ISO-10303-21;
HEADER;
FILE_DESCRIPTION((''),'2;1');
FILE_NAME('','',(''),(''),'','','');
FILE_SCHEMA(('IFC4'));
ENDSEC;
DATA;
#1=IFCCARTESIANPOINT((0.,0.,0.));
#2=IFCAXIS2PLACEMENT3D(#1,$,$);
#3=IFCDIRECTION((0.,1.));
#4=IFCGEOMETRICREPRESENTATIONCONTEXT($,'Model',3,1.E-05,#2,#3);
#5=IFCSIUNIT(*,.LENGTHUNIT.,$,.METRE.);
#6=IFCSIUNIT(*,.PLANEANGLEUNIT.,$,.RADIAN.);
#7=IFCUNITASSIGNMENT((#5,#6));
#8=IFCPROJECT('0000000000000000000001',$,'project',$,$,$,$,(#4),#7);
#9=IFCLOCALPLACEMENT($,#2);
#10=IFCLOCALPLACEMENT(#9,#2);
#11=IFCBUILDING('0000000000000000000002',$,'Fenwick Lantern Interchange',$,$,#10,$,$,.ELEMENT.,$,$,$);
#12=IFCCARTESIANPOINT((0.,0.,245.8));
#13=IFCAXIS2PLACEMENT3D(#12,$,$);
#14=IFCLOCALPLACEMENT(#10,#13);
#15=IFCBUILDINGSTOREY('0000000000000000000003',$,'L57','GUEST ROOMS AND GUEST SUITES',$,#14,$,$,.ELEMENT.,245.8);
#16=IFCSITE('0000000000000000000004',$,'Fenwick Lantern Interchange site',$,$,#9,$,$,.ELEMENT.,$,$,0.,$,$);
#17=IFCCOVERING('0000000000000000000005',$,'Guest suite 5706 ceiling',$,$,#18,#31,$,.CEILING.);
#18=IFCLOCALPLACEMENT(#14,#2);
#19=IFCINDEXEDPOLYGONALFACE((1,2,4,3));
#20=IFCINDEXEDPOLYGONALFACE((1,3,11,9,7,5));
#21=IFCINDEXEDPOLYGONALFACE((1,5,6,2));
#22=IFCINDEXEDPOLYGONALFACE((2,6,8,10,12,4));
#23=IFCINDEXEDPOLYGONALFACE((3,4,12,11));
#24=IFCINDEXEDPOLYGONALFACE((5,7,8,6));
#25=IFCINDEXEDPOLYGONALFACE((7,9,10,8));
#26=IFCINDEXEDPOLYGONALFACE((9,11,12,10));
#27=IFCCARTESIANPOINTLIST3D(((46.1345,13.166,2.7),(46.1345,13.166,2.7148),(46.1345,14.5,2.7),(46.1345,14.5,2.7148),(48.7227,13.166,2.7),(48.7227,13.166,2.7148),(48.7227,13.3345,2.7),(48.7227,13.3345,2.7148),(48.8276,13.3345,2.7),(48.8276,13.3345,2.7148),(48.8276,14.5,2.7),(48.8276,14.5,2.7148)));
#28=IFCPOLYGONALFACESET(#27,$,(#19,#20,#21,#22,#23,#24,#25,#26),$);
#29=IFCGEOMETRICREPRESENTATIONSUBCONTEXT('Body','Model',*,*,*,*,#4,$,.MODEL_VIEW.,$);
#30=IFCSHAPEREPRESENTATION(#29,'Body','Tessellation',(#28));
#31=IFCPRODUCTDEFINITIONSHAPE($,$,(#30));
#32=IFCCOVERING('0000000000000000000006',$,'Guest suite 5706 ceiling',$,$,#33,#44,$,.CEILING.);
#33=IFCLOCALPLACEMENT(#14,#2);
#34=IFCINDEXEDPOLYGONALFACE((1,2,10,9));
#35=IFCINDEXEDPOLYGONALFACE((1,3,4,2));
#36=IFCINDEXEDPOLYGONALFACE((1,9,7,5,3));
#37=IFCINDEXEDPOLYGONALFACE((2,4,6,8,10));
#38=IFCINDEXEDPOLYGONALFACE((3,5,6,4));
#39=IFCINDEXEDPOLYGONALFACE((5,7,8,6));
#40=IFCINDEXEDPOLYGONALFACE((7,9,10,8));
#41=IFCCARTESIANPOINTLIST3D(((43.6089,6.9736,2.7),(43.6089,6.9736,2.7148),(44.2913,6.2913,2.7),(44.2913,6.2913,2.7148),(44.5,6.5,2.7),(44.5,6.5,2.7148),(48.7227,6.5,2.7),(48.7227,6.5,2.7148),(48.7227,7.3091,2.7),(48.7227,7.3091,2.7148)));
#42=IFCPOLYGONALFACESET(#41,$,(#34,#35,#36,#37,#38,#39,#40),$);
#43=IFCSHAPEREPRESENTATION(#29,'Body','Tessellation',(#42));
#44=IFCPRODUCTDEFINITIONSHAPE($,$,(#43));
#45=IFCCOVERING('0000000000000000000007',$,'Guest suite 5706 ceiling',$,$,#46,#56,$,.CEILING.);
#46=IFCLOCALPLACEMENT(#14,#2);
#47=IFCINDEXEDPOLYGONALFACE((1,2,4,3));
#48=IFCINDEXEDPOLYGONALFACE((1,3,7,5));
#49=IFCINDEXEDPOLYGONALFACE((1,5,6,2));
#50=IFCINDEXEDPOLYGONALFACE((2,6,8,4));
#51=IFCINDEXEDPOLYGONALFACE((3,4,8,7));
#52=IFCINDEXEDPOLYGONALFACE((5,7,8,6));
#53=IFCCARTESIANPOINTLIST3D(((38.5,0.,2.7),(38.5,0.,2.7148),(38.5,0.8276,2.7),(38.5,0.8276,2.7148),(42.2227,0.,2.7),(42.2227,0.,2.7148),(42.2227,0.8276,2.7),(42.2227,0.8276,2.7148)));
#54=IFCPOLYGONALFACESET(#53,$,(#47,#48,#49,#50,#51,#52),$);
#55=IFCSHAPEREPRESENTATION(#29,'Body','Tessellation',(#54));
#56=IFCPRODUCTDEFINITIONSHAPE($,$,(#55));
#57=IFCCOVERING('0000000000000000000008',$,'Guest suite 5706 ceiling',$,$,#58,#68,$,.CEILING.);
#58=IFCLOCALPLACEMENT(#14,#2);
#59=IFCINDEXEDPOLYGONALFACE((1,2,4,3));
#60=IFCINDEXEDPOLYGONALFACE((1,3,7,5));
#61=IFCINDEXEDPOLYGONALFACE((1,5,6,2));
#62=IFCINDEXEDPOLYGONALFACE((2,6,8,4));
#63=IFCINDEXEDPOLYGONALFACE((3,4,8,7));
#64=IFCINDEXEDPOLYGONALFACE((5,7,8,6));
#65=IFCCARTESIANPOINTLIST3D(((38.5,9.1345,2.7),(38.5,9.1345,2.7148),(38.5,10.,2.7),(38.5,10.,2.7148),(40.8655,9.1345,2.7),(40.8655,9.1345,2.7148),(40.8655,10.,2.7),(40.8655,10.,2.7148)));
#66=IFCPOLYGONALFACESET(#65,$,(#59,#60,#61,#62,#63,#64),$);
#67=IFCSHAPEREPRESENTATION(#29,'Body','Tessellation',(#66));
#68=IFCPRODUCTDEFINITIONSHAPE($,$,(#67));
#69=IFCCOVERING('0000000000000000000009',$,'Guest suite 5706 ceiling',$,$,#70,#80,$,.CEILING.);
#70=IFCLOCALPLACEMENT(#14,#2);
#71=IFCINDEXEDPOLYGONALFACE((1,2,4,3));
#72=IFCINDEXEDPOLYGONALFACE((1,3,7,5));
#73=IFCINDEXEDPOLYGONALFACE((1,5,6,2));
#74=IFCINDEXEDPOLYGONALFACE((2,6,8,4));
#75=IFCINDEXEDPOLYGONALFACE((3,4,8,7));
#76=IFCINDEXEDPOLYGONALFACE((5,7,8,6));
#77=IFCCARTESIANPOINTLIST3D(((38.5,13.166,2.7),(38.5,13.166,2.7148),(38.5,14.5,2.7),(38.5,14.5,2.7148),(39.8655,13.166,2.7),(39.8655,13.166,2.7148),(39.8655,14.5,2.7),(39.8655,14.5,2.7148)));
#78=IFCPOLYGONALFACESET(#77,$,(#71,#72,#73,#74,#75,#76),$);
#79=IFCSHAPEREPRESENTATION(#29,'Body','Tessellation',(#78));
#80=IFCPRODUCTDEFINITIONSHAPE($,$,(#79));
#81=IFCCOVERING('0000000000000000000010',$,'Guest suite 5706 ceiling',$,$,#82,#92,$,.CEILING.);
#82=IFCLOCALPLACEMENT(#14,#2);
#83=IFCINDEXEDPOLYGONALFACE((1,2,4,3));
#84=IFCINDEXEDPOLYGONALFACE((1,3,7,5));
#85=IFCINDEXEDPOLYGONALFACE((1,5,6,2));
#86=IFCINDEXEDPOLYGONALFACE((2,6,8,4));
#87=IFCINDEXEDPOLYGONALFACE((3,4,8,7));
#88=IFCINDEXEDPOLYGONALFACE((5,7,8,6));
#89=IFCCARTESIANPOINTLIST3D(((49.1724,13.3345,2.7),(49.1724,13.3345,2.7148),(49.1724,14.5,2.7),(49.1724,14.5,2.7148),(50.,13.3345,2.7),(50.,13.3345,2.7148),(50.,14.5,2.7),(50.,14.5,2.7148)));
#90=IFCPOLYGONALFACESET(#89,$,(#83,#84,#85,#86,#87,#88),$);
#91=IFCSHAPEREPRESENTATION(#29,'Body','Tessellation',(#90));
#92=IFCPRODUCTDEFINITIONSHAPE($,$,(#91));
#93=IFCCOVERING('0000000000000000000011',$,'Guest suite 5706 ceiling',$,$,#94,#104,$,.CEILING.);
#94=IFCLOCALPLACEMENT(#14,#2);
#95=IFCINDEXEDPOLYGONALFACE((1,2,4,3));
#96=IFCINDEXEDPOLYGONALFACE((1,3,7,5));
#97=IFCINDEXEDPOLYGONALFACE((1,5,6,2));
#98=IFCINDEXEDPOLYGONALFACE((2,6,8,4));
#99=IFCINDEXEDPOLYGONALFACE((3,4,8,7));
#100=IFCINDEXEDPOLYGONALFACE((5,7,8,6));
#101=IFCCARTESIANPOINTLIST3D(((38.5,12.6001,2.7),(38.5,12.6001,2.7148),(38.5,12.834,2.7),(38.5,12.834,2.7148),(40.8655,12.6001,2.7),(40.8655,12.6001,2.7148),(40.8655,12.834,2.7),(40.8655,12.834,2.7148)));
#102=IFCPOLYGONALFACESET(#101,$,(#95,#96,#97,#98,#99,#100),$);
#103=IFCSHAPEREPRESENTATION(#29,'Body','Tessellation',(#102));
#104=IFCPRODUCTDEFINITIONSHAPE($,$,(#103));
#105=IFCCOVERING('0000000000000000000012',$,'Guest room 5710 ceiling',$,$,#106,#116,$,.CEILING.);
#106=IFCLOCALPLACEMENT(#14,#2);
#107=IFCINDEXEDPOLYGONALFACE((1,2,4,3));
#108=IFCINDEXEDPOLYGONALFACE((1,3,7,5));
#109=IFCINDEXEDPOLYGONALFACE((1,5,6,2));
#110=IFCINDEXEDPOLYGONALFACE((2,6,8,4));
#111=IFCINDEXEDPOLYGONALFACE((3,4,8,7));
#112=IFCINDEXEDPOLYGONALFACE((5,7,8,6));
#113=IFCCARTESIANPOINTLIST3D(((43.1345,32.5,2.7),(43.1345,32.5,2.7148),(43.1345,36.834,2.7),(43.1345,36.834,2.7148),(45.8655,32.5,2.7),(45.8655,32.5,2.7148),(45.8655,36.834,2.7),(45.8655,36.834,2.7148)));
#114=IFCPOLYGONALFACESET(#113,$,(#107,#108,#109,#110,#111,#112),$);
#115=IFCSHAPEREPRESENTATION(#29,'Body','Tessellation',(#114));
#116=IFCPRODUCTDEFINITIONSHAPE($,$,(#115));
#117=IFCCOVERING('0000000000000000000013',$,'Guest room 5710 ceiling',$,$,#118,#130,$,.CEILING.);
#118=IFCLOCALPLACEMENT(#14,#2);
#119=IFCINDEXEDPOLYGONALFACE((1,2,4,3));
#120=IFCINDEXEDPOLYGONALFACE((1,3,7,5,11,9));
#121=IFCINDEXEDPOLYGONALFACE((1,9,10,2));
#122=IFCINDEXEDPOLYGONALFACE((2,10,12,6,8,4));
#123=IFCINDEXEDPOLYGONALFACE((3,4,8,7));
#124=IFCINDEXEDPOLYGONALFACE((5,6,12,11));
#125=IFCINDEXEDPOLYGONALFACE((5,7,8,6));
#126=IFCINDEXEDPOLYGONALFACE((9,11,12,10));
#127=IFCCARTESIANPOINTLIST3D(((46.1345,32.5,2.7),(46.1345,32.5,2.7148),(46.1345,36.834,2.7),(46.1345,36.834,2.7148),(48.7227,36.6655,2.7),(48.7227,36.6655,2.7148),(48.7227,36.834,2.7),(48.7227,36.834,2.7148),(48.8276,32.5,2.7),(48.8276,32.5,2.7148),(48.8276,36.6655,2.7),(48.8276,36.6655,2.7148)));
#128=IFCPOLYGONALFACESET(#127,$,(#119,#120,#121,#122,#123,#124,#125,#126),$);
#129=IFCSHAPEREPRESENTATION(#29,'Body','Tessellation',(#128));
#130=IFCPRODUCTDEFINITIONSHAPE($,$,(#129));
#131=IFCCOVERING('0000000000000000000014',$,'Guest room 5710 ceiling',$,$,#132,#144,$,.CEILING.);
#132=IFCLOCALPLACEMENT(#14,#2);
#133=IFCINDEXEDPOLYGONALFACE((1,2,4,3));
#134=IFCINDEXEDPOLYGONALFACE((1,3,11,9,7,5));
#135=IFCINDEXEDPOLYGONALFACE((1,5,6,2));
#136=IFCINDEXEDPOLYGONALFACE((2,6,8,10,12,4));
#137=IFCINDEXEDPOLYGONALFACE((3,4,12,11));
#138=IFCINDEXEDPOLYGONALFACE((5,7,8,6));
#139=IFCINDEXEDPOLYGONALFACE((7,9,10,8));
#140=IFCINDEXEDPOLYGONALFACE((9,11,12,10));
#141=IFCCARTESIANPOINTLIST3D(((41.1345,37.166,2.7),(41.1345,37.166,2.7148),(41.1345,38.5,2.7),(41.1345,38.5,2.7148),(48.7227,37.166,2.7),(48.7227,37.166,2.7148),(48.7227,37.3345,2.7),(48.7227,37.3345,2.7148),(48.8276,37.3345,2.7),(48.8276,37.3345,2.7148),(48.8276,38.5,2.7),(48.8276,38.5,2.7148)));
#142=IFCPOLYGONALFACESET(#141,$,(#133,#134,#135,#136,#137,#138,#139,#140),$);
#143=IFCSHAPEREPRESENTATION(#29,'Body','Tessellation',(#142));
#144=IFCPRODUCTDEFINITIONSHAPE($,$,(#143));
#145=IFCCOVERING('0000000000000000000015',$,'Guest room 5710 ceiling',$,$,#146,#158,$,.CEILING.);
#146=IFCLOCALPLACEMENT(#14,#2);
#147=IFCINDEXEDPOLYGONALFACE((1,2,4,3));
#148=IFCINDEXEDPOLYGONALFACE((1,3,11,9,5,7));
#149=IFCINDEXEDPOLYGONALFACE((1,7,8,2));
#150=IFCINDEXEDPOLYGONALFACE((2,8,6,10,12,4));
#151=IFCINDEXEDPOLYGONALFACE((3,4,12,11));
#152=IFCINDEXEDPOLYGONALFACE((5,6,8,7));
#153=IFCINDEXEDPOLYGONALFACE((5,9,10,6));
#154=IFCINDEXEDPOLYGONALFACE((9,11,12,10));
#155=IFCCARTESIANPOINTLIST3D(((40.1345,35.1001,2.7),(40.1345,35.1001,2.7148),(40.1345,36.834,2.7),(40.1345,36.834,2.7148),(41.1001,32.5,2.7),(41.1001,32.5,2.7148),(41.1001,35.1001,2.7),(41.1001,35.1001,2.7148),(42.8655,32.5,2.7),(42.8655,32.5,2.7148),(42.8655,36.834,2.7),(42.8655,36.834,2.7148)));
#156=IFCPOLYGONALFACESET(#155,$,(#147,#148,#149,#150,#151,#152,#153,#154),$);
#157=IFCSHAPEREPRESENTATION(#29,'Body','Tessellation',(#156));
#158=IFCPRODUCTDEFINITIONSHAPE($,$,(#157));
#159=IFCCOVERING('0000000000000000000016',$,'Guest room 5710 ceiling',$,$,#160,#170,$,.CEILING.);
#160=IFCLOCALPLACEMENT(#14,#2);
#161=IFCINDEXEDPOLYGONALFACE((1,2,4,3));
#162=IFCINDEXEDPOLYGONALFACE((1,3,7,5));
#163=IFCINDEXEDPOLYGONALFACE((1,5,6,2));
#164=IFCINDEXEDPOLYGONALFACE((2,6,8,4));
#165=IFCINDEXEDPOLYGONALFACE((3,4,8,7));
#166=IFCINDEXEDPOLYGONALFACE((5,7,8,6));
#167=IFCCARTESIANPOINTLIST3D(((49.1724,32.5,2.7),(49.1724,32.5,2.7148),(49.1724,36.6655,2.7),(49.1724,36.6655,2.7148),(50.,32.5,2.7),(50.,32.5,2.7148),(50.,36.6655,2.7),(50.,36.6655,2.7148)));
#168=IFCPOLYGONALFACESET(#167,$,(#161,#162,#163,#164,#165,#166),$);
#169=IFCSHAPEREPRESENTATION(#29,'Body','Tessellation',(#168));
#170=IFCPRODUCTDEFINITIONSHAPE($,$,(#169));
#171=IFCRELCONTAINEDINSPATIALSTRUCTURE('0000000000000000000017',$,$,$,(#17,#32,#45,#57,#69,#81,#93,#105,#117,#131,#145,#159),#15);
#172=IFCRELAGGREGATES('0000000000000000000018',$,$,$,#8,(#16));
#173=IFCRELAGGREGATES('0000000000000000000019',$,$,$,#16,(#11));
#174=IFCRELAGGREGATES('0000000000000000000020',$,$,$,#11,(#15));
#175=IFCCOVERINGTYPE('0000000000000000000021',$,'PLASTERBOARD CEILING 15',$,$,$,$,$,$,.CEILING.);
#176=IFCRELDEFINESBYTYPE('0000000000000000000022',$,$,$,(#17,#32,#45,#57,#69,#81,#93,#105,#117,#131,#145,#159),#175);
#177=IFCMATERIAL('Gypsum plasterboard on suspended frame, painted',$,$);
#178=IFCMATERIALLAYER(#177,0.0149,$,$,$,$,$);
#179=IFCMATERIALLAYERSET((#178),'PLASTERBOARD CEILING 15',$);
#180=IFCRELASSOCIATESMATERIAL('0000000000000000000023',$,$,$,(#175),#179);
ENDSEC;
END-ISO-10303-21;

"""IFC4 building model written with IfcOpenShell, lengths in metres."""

from ifc_helpers import new_model, si_unit, direction, frame, origin, place, context, subcontext, project, spatial, polyline, outline, extrude, material, layer, layer_set, type_object, element, save


model = new_model("IFC4")

# Units and contexts
model_context = context("Model", 3, precision=1e-05, world=origin(), true_north=direction((0.0, 1.0)))
body_context = subcontext(model_context, "Body", "Model", "MODEL_VIEW")
ifc_project = project(units=[si_unit("LENGTHUNIT", "METRE"), si_unit("PLANEANGLEUNIT", "RADIAN")], contexts=[model_context])

# Site, building, storey
site_placement = place(None, origin())
site = spatial("IfcSite", under=ifc_project, at=site_placement, Name="Fenwick Lantern Interchange site", CompositionType="ELEMENT", RefElevation=0.0)
building_placement = place(site_placement, origin())
building = spatial("IfcBuilding", under=site, at=building_placement, Name="Fenwick Lantern Interchange", CompositionType="ELEMENT")
storey_placement = place(building_placement, frame((0.0, 0.0, 245.8)))
storey = spatial("IfcBuildingStorey", under=building, at=storey_placement, Name="L57", Description="GUEST ROOMS AND GUEST SUITES", CompositionType="ELEMENT", Elevation=245.8)

# Coverings
ifc_material = material(Name="Gypsum plasterboard on suspended frame, painted")
ifc_layer = layer(ifc_material, 0.0149)
ifc_layer_set = layer_set([ifc_layer], Name="PLASTERBOARD CEILING 15")
covering_type = type_object("IfcCoveringType", Name="PLASTERBOARD CEILING 15", PredefinedType="CEILING", material=ifc_layer_set)
covering_1_placement = place(storey_placement, frame((0.0, 0.0, 2.7)))
element("IfcCovering", 1, at=covering_1_placement, inside=storey, type_object=covering_type, Name="Guest suite 5706 ceiling", PredefinedType="CEILING", context=body_context, shape_type="SweptSolid", body=[
    extrude(outline(polyline([(48.8276, 14.5), (46.1345, 14.5), (46.1345, 13.166), (48.7227, 13.166), (48.7227, 13.3345), (48.8276, 13.3345), (48.8276, 14.5)])), origin(), (0.0, 0.0, 1.0), 0.0149),
])
covering_2_placement = place(storey_placement, frame((0.0, 0.0, 2.7)))
element("IfcCovering", 2, at=covering_2_placement, inside=storey, type_object=covering_type, Name="Guest suite 5706 ceiling", PredefinedType="CEILING", context=body_context, shape_type="SweptSolid", body=[
    extrude(outline(polyline([(48.7227, 6.5), (48.7227, 7.3091), (43.6089, 6.9736), (44.2913, 6.2913), (44.5, 6.5), (48.7227, 6.5)])), origin(), (0.0, 0.0, 1.0), 0.0149),
])
covering_3_placement = place(storey_placement, frame((0.0, 0.0, 2.7)))
element("IfcCovering", 3, at=covering_3_placement, inside=storey, type_object=covering_type, Name="Guest suite 5706 ceiling", PredefinedType="CEILING", context=body_context, shape_type="SweptSolid", body=[
    extrude(outline(polyline([(42.2227, 0.0), (42.2227, 0.8276), (38.5, 0.8276), (38.5, 0.0), (42.2227, 0.0)])), origin(), (0.0, 0.0, 1.0), 0.0149),
])
covering_4_placement = place(storey_placement, frame((0.0, 0.0, 2.7)))
element("IfcCovering", 4, at=covering_4_placement, inside=storey, type_object=covering_type, Name="Guest suite 5706 ceiling", PredefinedType="CEILING", context=body_context, shape_type="SweptSolid", body=[
    extrude(outline(polyline([(38.5, 10.0), (38.5, 9.1345), (40.8655, 9.1345), (40.8655, 10.0), (38.5, 10.0)])), origin(), (0.0, 0.0, 1.0), 0.0149),
])
covering_5_placement = place(storey_placement, frame((0.0, 0.0, 2.7)))
element("IfcCovering", 5, at=covering_5_placement, inside=storey, type_object=covering_type, Name="Guest suite 5706 ceiling", PredefinedType="CEILING", context=body_context, shape_type="SweptSolid", body=[
    extrude(outline(polyline([(38.5, 14.5), (38.5, 13.166), (39.8655, 13.166), (39.8655, 14.5), (38.5, 14.5)])), origin(), (0.0, 0.0, 1.0), 0.0149),
])
covering_6_placement = place(storey_placement, frame((0.0, 0.0, 2.7)))
element("IfcCovering", 6, at=covering_6_placement, inside=storey, type_object=covering_type, Name="Guest suite 5706 ceiling", PredefinedType="CEILING", context=body_context, shape_type="SweptSolid", body=[
    extrude(outline(polyline([(50.0, 14.5), (49.1724, 14.5), (49.1724, 13.3345), (50.0, 13.3345), (50.0, 14.5)])), origin(), (0.0, 0.0, 1.0), 0.0149),
])
covering_7_placement = place(storey_placement, frame((0.0, 0.0, 2.7)))
element("IfcCovering", 7, at=covering_7_placement, inside=storey, type_object=covering_type, Name="Guest suite 5706 ceiling", PredefinedType="CEILING", context=body_context, shape_type="SweptSolid", body=[
    extrude(outline(polyline([(38.5, 12.6001), (40.8655, 12.6001), (40.8655, 12.834), (38.5, 12.834), (38.5, 12.6001)])), origin(), (0.0, 0.0, 1.0), 0.0149),
])
covering_8_placement = place(storey_placement, frame((0.0, 0.0, 2.7)))
element("IfcCovering", 8, at=covering_8_placement, inside=storey, type_object=covering_type, Name="Guest room 5710 ceiling", PredefinedType="CEILING", context=body_context, shape_type="SweptSolid", body=[
    extrude(outline(polyline([(43.1345, 32.5), (45.8655, 32.5), (45.8655, 36.834), (43.1345, 36.834), (43.1345, 32.5)])), origin(), (0.0, 0.0, 1.0), 0.0149),
])
covering_9_placement = place(storey_placement, frame((0.0, 0.0, 2.7)))
element("IfcCovering", 9, at=covering_9_placement, inside=storey, type_object=covering_type, Name="Guest room 5710 ceiling", PredefinedType="CEILING", context=body_context, shape_type="SweptSolid", body=[
    extrude(outline(polyline([(48.7227, 36.6655), (48.7227, 36.834), (46.1345, 36.834), (46.1345, 32.5), (48.8276, 32.5), (48.8276, 36.6655), (48.7227, 36.6655)])), origin(), (0.0, 0.0, 1.0), 0.0149),
])
covering_10_placement = place(storey_placement, frame((0.0, 0.0, 2.7)))
element("IfcCovering", 10, at=covering_10_placement, inside=storey, type_object=covering_type, Name="Guest room 5710 ceiling", PredefinedType="CEILING", context=body_context, shape_type="SweptSolid", body=[
    extrude(outline(polyline([(48.7227, 37.3345), (48.8276, 37.3345), (48.8276, 38.5), (41.1345, 38.5), (41.1345, 37.166), (48.7227, 37.166), (48.7227, 37.3345)])), origin(), (0.0, 0.0, 1.0), 0.0149),
])
covering_11_placement = place(storey_placement, frame((0.0, 0.0, 2.7)))
element("IfcCovering", 11, at=covering_11_placement, inside=storey, type_object=covering_type, Name="Guest room 5710 ceiling", PredefinedType="CEILING", context=body_context, shape_type="SweptSolid", body=[
    extrude(outline(polyline([(41.1001, 32.5), (42.8655, 32.5), (42.8655, 36.834), (40.1345, 36.834), (40.1345, 35.1001), (41.1001, 35.1001), (41.1001, 32.5)])), origin(), (0.0, 0.0, 1.0), 0.0149),
])
covering_12_placement = place(storey_placement, frame((0.0, 0.0, 2.7)))
element("IfcCovering", 12, at=covering_12_placement, inside=storey, type_object=covering_type, Name="Guest room 5710 ceiling", PredefinedType="CEILING", context=body_context, shape_type="SweptSolid", body=[
    extrude(outline(polyline([(50.0, 36.6655), (49.1724, 36.6655), (49.1724, 32.5), (50.0, 32.5), (50.0, 36.6655)])), origin(), (0.0, 0.0, 1.0), 0.0149),
])

save(model, "model.ifc")
